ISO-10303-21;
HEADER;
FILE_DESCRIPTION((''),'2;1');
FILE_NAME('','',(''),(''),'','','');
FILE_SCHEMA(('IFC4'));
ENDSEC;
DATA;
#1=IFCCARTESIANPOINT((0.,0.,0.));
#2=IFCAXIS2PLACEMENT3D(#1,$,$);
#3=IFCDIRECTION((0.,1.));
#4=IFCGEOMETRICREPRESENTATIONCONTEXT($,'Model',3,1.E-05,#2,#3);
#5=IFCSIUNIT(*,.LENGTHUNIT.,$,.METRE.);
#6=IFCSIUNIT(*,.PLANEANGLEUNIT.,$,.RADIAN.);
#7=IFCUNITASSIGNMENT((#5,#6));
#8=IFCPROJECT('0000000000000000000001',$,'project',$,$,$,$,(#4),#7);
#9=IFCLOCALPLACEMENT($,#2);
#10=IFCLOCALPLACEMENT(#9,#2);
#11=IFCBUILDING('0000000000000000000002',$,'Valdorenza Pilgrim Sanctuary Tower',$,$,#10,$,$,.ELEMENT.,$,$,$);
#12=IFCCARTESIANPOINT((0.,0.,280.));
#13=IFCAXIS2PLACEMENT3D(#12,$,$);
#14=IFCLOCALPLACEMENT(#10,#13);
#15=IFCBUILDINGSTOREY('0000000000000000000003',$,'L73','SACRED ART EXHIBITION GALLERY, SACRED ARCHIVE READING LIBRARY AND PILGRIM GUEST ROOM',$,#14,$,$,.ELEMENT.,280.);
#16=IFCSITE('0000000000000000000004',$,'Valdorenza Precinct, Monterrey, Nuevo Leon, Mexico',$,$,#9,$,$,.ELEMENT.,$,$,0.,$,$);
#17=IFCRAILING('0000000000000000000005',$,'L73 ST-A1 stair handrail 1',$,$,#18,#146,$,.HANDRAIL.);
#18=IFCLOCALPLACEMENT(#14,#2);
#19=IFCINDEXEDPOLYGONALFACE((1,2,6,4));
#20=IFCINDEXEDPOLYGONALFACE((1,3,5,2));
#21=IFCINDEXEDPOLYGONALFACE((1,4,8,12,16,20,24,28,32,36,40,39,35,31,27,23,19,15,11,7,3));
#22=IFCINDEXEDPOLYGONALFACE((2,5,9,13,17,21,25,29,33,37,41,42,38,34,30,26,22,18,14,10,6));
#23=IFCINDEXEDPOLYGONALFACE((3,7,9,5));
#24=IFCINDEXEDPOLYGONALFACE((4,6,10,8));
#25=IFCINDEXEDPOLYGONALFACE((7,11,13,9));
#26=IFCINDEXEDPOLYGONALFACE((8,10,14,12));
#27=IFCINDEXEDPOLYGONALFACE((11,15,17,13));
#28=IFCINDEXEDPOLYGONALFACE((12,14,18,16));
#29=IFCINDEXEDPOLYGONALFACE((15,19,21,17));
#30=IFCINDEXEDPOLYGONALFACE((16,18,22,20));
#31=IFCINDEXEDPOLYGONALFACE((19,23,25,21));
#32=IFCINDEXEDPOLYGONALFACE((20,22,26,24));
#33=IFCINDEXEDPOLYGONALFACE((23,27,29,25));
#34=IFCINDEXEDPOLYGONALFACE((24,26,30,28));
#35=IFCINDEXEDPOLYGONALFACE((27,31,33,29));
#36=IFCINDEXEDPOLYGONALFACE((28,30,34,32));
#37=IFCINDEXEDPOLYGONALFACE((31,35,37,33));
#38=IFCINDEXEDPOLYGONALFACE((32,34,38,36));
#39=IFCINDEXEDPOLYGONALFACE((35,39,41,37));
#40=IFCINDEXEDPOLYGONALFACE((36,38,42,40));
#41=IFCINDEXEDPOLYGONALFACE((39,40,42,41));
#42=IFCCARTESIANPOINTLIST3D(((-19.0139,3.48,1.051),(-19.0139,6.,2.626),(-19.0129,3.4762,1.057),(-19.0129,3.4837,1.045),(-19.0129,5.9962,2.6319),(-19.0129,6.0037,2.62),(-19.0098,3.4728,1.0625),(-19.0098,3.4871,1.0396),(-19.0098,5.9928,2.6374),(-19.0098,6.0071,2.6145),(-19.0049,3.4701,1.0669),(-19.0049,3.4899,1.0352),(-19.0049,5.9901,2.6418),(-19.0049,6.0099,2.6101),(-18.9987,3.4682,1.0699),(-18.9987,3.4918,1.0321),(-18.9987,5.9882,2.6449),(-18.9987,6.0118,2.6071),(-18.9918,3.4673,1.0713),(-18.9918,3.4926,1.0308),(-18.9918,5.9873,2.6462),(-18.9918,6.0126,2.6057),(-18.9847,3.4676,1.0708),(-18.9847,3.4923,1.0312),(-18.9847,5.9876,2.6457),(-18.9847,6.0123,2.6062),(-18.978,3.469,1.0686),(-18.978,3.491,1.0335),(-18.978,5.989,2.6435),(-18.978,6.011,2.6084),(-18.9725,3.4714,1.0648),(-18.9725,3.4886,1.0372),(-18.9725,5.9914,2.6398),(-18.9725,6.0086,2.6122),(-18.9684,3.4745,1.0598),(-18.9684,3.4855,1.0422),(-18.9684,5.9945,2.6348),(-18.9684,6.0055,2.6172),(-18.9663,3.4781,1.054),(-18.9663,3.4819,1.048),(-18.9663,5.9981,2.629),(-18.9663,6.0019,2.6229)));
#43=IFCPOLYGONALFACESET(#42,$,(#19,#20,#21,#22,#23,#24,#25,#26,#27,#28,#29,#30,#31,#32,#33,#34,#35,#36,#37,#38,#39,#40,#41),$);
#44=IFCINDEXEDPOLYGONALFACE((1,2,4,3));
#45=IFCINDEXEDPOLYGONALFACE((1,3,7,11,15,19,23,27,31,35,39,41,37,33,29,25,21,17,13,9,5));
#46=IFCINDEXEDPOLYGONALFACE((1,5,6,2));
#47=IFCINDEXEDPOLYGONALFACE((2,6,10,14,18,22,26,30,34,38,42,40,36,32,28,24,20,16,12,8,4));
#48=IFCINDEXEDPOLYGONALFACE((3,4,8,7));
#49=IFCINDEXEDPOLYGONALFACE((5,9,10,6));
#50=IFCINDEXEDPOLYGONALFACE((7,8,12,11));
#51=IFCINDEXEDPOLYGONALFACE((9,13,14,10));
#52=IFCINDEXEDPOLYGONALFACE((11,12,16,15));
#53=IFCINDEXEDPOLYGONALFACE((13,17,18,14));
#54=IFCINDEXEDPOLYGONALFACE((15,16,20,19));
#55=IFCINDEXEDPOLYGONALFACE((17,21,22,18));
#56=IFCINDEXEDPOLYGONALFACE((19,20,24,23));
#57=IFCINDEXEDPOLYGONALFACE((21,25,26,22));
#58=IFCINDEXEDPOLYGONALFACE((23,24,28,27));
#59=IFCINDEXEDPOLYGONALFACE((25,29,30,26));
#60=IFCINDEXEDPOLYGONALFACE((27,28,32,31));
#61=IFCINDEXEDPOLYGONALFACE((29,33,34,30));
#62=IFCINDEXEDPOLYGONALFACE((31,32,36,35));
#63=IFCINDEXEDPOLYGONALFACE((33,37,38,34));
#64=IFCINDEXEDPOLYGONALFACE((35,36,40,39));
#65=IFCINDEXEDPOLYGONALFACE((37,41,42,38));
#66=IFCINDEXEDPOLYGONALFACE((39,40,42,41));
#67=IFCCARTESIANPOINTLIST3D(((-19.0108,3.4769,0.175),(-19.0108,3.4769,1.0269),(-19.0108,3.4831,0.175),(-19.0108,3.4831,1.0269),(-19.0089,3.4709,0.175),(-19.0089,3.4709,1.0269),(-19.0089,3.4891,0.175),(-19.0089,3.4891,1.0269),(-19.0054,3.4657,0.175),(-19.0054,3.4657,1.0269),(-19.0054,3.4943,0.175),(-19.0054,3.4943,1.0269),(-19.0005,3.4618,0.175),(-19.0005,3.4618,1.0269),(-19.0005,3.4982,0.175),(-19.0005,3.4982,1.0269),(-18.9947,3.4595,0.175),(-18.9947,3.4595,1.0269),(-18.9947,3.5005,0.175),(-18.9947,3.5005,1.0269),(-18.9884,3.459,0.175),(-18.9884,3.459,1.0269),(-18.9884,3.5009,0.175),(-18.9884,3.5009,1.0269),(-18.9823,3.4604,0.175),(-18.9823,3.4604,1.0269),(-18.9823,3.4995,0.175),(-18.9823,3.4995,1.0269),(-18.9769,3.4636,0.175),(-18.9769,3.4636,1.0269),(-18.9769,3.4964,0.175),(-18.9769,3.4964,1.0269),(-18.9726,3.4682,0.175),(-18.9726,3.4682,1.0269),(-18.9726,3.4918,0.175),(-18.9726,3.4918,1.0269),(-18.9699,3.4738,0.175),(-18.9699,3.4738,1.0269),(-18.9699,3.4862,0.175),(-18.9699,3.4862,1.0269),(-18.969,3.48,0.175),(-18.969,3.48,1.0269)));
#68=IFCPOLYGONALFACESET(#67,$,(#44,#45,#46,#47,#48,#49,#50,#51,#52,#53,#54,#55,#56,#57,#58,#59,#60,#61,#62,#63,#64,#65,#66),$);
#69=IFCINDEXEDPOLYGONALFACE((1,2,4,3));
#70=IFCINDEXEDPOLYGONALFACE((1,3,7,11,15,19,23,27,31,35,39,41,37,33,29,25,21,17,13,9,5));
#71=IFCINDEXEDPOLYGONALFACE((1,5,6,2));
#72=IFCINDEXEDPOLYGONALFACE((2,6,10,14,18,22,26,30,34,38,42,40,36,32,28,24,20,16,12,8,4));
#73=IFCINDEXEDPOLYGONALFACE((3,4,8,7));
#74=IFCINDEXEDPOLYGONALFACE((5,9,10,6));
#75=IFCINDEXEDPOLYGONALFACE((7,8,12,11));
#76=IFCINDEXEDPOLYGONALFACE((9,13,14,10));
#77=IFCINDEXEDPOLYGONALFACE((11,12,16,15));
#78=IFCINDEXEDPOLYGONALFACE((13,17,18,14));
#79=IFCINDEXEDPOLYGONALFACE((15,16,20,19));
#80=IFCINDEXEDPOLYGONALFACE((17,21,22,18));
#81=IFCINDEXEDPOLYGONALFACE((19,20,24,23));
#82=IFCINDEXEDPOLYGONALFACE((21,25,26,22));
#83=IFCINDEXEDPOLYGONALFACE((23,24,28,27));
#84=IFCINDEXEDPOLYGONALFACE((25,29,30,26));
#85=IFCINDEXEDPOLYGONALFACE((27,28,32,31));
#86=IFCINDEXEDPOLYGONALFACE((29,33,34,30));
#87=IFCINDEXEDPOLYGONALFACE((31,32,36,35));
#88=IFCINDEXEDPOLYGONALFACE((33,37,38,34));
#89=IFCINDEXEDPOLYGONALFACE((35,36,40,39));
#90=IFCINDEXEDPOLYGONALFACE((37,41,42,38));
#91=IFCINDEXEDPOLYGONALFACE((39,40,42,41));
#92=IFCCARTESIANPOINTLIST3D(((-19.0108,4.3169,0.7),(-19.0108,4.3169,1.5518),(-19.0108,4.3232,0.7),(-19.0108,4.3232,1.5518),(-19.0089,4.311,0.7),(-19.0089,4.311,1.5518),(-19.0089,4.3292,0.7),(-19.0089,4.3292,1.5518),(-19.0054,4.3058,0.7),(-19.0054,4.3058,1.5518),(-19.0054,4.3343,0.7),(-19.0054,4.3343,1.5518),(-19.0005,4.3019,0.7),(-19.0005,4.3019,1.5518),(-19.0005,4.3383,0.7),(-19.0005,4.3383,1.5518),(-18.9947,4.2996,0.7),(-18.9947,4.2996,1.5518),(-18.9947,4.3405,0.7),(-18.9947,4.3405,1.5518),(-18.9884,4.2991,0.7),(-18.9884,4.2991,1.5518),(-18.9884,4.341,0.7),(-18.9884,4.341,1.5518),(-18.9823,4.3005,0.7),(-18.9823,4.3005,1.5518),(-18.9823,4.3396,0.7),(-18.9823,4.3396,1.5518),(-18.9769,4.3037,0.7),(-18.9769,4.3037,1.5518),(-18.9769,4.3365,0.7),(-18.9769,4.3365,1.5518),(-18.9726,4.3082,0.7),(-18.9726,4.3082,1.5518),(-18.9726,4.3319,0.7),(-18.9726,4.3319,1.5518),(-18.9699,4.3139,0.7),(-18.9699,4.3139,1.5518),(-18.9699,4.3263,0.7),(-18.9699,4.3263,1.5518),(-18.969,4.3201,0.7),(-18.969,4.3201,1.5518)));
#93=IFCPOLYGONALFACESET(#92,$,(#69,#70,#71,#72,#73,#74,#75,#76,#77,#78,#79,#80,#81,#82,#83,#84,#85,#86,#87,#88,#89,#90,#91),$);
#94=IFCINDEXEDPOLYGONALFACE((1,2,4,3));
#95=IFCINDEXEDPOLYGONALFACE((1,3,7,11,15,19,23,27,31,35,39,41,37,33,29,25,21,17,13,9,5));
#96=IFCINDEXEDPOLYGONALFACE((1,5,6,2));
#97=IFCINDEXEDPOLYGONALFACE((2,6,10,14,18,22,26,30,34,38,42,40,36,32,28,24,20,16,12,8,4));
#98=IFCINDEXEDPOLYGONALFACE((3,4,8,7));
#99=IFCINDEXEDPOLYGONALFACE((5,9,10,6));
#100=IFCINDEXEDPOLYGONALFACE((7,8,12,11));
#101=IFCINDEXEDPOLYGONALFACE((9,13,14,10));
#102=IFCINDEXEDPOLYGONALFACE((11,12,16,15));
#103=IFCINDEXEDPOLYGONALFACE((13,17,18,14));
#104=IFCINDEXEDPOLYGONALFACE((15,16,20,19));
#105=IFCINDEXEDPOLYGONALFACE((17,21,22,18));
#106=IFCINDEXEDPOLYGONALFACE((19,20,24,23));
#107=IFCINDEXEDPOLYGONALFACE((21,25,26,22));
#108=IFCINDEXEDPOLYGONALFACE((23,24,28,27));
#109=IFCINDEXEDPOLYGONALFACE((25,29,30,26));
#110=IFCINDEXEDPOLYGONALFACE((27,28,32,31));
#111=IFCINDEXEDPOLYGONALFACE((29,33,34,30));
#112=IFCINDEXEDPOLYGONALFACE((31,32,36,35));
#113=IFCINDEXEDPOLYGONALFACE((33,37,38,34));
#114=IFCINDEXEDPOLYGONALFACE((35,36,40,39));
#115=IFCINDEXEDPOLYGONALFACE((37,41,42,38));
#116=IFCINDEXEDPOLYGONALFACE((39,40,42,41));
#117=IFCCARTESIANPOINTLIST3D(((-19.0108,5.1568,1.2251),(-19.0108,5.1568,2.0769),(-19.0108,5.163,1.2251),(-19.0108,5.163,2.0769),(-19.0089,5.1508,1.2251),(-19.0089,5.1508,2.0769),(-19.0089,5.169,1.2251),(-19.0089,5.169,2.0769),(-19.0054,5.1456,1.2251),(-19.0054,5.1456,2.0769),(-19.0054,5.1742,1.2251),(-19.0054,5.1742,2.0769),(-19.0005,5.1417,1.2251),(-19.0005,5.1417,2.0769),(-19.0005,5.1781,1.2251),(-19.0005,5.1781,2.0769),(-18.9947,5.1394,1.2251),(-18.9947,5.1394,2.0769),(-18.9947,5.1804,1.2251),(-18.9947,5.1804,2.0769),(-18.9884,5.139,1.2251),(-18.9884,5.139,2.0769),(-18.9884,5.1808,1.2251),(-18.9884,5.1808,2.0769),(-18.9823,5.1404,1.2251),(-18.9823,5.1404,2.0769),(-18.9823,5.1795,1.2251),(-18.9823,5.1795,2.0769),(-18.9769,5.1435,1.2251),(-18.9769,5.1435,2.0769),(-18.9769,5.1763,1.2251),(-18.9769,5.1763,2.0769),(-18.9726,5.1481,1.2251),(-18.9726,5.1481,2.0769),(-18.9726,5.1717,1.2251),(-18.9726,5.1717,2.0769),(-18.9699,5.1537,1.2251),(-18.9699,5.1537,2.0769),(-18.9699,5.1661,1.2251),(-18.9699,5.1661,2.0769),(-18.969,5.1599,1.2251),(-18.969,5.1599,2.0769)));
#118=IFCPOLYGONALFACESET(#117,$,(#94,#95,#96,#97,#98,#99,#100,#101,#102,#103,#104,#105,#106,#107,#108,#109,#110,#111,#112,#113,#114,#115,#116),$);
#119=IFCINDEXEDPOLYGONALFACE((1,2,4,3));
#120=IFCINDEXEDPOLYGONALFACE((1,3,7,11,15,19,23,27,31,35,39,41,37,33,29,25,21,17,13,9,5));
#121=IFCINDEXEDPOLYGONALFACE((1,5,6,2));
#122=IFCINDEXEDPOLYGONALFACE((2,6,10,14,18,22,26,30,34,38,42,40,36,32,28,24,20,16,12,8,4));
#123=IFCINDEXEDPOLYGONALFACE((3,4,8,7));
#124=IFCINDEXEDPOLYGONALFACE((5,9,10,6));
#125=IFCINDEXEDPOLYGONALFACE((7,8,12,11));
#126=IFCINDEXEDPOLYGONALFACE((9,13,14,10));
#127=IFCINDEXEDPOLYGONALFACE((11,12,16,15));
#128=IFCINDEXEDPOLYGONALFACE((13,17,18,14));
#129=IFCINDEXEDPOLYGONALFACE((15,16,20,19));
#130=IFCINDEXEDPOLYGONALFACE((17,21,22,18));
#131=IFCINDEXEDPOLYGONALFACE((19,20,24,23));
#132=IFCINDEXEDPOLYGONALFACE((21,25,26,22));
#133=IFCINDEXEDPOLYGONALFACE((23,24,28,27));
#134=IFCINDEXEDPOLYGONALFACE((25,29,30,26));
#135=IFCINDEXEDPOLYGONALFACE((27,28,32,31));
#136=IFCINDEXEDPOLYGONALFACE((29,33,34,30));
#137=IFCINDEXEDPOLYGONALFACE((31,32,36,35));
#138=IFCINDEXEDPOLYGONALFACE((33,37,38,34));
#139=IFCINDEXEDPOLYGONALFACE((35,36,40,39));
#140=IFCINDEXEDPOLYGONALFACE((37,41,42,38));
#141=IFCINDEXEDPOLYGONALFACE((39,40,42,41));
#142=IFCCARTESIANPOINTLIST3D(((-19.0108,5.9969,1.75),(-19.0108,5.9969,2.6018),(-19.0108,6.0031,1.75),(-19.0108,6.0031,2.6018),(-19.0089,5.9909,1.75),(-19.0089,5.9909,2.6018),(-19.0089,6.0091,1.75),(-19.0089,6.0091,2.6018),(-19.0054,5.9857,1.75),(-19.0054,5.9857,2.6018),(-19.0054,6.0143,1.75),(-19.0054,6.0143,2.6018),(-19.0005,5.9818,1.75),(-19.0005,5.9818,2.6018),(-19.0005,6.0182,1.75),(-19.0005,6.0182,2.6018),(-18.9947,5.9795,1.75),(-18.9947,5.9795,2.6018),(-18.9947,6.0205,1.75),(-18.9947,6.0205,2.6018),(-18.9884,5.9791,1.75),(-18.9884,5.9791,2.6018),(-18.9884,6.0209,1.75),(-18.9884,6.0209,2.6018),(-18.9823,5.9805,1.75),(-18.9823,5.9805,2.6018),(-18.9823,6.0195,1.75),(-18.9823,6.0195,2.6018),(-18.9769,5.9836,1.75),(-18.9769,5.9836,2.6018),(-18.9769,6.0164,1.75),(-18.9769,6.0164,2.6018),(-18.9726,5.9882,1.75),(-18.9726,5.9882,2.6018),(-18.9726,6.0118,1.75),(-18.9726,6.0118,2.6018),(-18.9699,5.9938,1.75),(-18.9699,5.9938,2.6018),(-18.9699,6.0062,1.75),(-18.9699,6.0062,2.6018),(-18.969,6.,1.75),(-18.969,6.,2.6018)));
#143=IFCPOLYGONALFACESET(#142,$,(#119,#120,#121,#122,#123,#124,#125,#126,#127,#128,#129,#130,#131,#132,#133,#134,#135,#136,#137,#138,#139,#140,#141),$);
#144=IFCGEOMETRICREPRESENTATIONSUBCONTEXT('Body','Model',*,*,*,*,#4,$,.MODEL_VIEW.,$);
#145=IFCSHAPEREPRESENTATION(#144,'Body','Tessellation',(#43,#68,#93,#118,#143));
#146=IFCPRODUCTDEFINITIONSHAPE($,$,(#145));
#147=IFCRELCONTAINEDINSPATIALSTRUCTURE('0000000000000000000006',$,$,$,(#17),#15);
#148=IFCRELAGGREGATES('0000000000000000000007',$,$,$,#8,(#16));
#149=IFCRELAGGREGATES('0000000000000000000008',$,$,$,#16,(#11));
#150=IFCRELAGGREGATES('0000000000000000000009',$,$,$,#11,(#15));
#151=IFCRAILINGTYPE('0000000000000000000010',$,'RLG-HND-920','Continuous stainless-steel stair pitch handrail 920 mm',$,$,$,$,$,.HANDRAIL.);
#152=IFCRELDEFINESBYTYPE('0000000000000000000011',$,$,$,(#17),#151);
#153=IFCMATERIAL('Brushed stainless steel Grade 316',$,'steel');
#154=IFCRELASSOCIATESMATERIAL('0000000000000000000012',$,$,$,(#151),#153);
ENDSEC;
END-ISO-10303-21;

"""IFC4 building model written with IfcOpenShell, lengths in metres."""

from ifc_helpers import new_model, si_unit, direction, frame, origin, origin_2d, place, context, subcontext, project, spatial, circle, extrude, material, type_object, element, save


model = new_model("IFC4")

# Units and contexts
model_context = context("Model", 3, precision=1e-05, world=origin(), true_north=direction((0.0, 1.0)))
body_context = subcontext(model_context, "Body", "Model", "MODEL_VIEW")
ifc_project = project(units=[si_unit("LENGTHUNIT", "METRE"), si_unit("PLANEANGLEUNIT", "RADIAN")], contexts=[model_context])

# Site, building, storey
site_placement = place(None, origin())
site = spatial("IfcSite", under=ifc_project, at=site_placement, Name="Valdorenza Precinct, Monterrey, Nuevo Leon, Mexico", CompositionType="ELEMENT", RefElevation=0.0)
building_placement = place(site_placement, origin())
building = spatial("IfcBuilding", under=site, at=building_placement, Name="Valdorenza Pilgrim Sanctuary Tower", CompositionType="ELEMENT")
storey_placement = place(building_placement, frame((0.0, 0.0, 280.0)))
storey = spatial("IfcBuildingStorey", under=building, at=storey_placement, Name="L73", Description="SACRED ART EXHIBITION GALLERY, SACRED ARCHIVE READING LIBRARY AND PILGRIM GUEST ROOM", CompositionType="ELEMENT", Elevation=280.0)

# Shared definitions
ifc_material_1 = material(Name="Brushed stainless steel Grade 316", Category="steel")

# Railing
railing_type_1 = type_object("IfcRailingType", Name="RLG-HND-920", Description="Continuous stainless-steel stair pitch handrail 920 mm", PredefinedType="HANDRAIL", material=ifc_material_1)
railing_1_placement = place(storey_placement, frame((-18.99, 3.48, 0.175)))
element("IfcRailing", 1, at=railing_1_placement, inside=storey, type_object=railing_type_1, Name="L73 ST-A1 stair handrail 1", PredefinedType="HANDRAIL", context=body_context, shape_type="SweptSolid", body=[
    extrude(circle(Radius=0.0239, at=origin_2d()), frame((0.0, 0.0, 0.876), z_axis=(0.0, 0.848008, 0.529984), x_axis=(-1.0, 0.0, 0.0)), (0.0, 0.0, 1.0), 2.9717),
    extrude(circle(Radius=0.021, at=origin_2d()), origin(), (0.0, 0.0, 1.0), 0.8518),
    extrude(circle(Radius=0.021, at=origin_2d()), frame((0.0, 0.8401, 0.5249)), (0.0, 0.0, 1.0), 0.8518),
    extrude(circle(Radius=0.021, at=origin_2d()), frame((0.0, 1.6799, 1.05)), (0.0, 0.0, 1.0), 0.8518),
    extrude(circle(Radius=0.021, at=origin_2d()), frame((0.0, 2.52, 1.575)), (0.0, 0.0, 1.0), 0.8518),
])

save(model, "model.ifc")
